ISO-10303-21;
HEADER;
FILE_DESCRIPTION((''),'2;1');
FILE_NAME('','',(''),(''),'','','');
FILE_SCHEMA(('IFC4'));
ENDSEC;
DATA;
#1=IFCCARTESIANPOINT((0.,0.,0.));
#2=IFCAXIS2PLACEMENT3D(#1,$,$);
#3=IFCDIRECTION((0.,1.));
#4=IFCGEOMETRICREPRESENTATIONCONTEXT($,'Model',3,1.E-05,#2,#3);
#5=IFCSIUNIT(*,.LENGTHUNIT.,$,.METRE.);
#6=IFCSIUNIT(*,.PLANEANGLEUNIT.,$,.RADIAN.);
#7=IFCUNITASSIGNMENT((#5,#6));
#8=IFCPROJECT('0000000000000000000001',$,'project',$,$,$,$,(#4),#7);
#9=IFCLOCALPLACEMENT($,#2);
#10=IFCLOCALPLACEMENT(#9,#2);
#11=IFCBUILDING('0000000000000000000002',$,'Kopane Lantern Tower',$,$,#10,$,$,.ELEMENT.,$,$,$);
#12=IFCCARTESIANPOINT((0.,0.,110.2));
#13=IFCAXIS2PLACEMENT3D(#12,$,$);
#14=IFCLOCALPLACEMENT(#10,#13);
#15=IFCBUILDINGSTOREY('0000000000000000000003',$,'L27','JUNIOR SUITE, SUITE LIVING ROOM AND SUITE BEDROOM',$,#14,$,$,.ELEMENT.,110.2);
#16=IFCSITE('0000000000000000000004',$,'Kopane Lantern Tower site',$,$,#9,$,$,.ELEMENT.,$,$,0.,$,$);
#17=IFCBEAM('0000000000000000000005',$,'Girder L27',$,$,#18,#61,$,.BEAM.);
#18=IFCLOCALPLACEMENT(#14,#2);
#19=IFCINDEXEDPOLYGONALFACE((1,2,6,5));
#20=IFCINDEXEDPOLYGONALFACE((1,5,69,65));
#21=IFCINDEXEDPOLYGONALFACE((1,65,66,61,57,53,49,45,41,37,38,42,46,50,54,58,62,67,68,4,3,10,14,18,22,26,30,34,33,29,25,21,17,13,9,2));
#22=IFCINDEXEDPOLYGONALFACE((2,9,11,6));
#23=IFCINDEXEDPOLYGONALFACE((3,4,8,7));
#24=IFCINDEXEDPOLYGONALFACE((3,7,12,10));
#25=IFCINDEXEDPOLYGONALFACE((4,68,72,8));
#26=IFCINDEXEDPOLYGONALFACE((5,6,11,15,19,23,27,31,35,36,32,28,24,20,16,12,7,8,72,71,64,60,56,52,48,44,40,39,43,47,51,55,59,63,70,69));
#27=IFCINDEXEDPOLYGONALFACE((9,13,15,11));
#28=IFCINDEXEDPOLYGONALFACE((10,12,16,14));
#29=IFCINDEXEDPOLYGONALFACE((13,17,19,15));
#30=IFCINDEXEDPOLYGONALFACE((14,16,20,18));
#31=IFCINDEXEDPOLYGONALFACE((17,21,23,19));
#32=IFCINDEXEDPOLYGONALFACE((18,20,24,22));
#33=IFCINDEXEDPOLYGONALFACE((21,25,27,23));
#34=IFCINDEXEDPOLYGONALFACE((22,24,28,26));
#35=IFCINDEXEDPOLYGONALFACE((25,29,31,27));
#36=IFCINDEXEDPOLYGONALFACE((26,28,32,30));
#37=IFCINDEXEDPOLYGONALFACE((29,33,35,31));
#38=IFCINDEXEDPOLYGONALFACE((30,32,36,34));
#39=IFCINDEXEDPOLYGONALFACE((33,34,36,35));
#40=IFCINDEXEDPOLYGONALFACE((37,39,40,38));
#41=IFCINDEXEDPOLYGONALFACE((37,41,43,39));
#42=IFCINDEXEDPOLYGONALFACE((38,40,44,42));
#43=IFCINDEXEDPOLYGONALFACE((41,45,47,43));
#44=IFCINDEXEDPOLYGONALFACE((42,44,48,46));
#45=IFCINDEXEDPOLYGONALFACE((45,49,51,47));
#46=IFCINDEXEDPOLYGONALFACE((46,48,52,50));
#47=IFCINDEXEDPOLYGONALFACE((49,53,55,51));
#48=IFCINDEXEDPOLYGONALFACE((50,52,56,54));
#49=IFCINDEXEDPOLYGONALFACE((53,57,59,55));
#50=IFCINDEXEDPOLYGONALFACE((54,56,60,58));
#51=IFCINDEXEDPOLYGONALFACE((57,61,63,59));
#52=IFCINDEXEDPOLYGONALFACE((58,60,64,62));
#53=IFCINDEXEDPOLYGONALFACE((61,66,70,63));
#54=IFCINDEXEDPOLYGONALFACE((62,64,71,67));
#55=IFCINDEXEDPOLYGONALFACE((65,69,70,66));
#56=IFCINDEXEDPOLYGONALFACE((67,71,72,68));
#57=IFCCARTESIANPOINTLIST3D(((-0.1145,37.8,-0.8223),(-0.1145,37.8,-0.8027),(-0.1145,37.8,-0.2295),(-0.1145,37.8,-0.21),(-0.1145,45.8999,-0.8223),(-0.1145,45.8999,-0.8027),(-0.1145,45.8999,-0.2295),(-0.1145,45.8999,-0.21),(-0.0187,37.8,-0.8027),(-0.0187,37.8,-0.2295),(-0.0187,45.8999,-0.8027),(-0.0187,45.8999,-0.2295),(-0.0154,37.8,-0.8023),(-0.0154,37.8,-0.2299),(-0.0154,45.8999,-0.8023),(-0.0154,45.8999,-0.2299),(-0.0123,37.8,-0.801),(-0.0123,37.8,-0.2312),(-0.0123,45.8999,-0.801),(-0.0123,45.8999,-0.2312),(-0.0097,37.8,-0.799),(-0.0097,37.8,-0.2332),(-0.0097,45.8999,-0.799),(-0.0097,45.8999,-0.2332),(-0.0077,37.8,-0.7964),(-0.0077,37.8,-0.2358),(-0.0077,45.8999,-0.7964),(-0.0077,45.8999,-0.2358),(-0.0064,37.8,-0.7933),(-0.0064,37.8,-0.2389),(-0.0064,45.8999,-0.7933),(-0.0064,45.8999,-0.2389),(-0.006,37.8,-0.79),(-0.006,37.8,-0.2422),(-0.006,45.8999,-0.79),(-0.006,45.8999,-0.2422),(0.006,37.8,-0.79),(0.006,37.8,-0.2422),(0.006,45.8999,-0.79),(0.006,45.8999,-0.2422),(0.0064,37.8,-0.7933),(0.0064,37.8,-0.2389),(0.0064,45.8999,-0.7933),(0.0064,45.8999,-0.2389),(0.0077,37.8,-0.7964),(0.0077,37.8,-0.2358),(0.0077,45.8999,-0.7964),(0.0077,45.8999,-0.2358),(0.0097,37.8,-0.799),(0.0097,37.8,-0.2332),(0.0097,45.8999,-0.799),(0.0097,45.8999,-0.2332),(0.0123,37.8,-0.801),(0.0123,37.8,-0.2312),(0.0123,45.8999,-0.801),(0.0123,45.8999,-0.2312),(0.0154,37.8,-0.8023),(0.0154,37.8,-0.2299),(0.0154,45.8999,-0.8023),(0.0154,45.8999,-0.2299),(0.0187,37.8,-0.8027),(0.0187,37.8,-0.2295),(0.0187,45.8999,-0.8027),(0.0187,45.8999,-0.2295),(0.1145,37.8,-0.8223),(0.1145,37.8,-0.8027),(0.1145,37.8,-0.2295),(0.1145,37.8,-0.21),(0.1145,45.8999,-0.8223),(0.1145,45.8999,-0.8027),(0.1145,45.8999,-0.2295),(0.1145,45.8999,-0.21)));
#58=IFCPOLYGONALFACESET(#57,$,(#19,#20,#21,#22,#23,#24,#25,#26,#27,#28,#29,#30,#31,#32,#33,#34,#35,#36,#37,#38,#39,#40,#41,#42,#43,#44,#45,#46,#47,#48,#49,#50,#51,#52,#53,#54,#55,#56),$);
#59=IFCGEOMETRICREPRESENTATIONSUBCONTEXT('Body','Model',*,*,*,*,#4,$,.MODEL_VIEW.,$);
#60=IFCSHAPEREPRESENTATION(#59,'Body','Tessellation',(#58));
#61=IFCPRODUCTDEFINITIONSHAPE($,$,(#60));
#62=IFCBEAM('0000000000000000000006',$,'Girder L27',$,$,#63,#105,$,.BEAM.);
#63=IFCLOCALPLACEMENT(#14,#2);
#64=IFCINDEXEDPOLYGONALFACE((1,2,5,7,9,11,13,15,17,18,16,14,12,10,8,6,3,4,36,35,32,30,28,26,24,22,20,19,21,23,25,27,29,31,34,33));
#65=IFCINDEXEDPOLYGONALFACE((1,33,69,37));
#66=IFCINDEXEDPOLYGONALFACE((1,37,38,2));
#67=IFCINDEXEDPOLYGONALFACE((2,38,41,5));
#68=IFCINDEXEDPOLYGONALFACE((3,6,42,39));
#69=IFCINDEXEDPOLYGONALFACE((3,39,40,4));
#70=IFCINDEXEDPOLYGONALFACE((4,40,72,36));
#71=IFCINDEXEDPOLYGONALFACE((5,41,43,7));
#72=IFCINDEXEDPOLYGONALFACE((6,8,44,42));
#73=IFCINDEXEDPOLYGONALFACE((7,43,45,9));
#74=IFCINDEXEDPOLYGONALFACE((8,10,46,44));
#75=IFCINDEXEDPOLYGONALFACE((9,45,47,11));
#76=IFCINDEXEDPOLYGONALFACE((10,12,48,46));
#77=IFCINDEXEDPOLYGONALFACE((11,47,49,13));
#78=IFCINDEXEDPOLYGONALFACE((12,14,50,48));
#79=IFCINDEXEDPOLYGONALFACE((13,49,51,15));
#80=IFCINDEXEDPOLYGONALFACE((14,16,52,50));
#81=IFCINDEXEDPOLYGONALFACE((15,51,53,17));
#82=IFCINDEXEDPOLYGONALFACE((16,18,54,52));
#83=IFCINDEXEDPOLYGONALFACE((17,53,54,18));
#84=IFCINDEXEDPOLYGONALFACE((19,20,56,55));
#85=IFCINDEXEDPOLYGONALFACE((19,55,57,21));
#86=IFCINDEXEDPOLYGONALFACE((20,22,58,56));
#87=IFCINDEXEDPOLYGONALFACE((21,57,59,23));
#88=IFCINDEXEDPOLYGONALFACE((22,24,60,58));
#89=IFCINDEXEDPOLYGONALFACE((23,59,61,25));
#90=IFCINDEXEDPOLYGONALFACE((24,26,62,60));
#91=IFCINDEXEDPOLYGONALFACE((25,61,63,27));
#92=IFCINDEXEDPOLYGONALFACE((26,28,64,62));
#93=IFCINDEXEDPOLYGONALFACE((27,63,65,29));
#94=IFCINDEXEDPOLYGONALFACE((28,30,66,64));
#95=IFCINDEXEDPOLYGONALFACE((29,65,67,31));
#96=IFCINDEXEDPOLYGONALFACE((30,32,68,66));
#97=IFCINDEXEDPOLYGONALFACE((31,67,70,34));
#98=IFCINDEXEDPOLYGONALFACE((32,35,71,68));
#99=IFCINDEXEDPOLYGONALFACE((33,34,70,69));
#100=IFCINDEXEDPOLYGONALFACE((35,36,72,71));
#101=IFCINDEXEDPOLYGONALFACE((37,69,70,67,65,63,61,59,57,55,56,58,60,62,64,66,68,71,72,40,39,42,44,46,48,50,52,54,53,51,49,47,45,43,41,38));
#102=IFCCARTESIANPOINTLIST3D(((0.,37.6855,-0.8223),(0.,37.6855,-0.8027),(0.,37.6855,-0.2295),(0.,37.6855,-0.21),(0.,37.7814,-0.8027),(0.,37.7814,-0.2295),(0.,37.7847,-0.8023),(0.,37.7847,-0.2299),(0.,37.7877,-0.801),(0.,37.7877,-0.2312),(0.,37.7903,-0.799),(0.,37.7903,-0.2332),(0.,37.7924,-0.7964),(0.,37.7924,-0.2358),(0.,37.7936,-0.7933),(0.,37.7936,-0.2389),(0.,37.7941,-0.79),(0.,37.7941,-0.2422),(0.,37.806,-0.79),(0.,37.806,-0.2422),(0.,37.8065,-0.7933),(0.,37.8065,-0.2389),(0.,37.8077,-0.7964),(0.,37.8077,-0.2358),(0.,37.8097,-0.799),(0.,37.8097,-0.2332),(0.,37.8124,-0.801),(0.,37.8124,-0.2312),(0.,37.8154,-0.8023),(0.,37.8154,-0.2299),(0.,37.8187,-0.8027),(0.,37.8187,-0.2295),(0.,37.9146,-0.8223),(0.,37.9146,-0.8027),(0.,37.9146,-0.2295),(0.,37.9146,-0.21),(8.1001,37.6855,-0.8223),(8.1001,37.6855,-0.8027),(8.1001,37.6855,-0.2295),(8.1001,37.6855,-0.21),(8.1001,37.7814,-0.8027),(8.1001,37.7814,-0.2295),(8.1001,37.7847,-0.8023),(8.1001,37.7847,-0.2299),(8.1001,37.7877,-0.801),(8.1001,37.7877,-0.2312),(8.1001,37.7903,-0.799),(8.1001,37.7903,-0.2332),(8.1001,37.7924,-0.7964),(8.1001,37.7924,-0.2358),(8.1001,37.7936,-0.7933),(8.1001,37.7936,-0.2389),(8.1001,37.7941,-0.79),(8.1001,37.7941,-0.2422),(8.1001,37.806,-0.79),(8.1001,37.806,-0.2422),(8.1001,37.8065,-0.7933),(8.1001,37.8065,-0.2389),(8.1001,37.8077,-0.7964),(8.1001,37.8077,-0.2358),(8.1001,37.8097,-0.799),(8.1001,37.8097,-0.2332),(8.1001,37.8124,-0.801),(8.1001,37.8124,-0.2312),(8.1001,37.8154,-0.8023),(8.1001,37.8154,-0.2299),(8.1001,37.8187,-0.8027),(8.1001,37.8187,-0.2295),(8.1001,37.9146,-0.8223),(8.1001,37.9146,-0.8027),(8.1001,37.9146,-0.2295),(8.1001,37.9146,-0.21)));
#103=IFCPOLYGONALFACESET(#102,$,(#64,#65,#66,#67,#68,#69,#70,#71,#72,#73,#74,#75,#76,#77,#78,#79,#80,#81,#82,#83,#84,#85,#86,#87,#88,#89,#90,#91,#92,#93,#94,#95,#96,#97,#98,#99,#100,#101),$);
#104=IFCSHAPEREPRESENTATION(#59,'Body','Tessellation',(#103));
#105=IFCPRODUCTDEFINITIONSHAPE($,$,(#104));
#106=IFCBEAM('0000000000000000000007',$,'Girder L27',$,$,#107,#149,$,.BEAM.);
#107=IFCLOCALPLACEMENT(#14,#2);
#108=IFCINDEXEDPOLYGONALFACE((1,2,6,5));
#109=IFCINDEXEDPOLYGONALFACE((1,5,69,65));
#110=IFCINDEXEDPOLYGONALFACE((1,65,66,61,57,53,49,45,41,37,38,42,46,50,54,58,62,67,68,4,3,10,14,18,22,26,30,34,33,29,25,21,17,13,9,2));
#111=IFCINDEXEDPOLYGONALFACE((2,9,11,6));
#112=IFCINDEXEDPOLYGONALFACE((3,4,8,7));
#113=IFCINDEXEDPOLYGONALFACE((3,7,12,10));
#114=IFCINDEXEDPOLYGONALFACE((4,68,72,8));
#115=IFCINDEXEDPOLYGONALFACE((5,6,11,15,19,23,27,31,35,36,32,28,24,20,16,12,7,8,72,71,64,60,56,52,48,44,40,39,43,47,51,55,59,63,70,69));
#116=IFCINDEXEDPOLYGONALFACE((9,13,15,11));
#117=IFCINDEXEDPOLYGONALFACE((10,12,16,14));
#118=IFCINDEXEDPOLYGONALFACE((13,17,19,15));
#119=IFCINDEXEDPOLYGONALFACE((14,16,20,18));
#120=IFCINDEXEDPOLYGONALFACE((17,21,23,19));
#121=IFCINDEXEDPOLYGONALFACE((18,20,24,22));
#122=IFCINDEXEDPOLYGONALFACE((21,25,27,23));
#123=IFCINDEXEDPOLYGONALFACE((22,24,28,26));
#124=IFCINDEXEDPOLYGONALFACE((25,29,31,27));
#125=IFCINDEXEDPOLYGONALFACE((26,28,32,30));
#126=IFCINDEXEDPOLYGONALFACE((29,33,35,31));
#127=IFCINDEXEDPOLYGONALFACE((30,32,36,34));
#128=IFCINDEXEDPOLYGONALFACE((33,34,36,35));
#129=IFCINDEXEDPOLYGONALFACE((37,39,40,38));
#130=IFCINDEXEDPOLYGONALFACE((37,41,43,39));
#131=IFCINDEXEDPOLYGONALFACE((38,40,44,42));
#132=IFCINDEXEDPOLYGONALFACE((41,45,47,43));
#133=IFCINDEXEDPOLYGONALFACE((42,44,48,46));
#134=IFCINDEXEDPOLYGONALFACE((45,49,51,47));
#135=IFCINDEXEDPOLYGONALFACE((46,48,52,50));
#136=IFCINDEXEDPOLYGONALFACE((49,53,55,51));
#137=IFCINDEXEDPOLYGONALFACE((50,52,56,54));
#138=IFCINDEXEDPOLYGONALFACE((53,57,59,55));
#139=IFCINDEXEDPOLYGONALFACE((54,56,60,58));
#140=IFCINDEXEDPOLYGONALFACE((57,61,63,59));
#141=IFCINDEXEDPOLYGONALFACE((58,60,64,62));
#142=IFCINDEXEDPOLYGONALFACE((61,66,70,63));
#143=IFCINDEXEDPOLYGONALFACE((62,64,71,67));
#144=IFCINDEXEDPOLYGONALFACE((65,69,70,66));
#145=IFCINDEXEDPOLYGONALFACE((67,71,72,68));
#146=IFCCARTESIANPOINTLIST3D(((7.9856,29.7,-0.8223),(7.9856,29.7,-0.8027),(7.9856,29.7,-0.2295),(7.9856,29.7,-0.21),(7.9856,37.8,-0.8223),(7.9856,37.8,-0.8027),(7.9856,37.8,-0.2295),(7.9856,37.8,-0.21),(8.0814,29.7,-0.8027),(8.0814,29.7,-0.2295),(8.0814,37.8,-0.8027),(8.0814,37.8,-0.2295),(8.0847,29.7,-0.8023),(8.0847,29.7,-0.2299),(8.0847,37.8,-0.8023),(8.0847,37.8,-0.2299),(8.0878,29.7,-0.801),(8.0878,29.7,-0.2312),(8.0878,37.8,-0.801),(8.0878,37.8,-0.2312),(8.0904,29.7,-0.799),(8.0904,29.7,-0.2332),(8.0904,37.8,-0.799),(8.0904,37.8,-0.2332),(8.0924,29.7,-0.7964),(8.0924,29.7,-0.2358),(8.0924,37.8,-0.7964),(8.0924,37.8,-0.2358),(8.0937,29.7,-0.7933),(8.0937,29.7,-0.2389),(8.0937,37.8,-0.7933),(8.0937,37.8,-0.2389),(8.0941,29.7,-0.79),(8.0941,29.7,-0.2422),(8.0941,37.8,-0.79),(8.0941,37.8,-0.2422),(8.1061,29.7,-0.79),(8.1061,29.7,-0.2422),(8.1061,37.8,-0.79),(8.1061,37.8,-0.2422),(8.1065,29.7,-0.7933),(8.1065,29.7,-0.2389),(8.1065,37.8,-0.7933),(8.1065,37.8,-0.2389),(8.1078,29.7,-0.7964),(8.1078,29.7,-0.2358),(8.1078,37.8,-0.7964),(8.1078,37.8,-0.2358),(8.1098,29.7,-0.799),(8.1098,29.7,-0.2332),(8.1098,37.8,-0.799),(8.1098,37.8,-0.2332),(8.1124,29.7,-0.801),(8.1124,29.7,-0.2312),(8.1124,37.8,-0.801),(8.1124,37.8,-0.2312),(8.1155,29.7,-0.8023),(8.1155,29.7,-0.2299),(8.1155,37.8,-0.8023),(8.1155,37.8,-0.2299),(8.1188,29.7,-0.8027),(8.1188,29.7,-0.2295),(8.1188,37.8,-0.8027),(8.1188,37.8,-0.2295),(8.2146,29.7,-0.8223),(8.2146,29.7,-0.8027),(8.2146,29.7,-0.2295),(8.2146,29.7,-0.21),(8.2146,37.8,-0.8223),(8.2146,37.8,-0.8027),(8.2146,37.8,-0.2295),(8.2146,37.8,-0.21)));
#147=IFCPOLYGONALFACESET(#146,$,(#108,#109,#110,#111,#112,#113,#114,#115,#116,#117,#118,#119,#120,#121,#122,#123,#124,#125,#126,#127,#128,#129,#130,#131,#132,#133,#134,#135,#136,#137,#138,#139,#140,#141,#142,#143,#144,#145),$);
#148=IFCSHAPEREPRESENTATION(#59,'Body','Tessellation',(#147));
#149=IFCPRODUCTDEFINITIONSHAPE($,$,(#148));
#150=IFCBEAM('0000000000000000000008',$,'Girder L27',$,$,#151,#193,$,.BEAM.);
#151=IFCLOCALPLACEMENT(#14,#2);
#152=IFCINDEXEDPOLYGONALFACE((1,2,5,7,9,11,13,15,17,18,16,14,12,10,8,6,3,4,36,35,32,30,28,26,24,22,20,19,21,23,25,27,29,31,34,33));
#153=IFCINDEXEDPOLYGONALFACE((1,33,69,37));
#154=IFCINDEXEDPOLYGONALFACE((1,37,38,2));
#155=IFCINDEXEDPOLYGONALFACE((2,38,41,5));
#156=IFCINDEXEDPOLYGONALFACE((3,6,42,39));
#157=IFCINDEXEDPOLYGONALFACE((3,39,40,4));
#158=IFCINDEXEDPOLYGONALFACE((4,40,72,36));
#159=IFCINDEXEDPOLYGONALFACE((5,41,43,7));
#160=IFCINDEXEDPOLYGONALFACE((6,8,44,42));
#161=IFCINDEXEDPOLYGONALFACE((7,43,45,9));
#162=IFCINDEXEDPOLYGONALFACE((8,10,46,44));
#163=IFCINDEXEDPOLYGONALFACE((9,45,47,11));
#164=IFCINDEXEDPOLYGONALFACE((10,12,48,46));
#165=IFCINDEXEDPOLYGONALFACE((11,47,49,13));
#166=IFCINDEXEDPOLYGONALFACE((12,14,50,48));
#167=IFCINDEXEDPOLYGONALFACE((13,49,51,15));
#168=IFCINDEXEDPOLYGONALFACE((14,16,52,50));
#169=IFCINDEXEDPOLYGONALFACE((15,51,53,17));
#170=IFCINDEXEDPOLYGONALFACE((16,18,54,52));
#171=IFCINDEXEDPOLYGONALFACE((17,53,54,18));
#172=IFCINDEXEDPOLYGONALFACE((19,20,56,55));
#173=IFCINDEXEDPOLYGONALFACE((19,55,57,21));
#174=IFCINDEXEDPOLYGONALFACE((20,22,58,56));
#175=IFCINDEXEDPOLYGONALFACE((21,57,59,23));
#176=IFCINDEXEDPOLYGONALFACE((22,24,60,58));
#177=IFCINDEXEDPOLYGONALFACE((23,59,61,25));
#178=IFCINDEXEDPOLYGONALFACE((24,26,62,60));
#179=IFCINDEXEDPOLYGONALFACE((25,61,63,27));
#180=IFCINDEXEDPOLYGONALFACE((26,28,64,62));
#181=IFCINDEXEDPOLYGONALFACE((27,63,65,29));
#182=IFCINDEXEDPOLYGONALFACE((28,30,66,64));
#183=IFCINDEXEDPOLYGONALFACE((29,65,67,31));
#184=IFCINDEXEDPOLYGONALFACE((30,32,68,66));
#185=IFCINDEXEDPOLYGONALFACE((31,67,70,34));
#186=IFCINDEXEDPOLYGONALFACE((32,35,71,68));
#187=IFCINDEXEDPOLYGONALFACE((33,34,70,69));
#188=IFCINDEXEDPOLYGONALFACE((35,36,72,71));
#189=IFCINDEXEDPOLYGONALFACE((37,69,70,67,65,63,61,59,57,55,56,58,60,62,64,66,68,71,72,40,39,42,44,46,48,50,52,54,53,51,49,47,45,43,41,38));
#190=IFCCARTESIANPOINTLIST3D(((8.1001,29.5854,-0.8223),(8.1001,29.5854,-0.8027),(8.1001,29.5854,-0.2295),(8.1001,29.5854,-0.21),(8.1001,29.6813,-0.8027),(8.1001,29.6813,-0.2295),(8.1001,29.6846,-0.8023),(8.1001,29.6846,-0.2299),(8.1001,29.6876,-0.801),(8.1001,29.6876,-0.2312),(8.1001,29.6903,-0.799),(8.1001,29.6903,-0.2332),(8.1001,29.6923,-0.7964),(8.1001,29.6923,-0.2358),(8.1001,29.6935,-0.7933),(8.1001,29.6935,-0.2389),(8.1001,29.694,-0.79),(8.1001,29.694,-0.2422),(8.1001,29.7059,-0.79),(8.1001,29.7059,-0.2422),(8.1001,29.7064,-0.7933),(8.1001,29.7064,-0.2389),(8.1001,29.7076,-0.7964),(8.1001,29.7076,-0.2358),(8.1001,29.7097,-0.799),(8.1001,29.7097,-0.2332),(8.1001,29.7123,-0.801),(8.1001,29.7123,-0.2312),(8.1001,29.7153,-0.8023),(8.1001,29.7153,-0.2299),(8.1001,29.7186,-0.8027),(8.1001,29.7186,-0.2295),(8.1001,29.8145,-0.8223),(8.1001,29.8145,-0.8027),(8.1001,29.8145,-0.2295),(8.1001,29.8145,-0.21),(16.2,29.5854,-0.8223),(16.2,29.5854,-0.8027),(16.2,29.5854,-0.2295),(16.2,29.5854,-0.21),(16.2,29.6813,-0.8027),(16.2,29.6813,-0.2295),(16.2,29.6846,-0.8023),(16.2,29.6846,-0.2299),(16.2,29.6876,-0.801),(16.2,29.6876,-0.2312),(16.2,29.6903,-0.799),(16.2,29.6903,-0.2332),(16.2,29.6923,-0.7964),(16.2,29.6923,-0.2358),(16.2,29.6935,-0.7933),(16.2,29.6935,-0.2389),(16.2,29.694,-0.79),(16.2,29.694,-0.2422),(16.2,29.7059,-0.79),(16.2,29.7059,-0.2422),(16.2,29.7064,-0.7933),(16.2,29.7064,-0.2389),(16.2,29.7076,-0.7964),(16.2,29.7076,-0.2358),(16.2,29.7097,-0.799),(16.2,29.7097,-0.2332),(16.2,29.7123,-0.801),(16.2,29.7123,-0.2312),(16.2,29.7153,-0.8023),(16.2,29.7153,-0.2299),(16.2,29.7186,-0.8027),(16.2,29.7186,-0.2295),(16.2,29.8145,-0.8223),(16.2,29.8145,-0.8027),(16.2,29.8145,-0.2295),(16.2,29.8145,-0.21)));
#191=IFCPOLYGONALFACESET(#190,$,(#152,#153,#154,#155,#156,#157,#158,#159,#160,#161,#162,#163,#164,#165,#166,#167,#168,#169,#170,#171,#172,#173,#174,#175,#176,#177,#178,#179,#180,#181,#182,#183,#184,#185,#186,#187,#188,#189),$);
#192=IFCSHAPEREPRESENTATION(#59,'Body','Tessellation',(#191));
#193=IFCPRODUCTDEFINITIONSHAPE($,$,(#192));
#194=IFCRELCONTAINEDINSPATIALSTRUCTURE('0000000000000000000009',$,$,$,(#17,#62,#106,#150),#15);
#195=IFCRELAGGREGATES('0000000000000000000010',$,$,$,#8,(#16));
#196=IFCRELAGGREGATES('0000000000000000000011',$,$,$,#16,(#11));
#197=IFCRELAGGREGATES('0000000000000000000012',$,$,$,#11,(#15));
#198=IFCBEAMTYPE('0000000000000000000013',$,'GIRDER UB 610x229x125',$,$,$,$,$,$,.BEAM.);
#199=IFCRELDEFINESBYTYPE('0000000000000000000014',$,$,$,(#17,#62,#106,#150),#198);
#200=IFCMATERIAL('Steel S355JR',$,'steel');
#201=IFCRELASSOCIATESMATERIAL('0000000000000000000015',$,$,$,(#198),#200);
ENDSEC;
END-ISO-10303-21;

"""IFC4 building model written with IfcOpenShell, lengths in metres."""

from ifc_helpers import new_model, si_unit, direction, frame, origin, origin_2d, place, context, subcontext, project, spatial, i_section, extrude, material, material_profile, profile_set, type_object, element, save


model = new_model("IFC4")

# Units and contexts
model_context = context("Model", 3, precision=1e-05, world=origin(), true_north=direction((0.0, 1.0)))
body_context = subcontext(model_context, "Body", "Model", "MODEL_VIEW")
ifc_project = project(units=[si_unit("LENGTHUNIT", "METRE"), si_unit("PLANEANGLEUNIT", "RADIAN")], contexts=[model_context])

# Site, building, storey
site_placement = place(None, origin())
site = spatial("IfcSite", under=ifc_project, at=site_placement, Name="Kopane Lantern Tower site", CompositionType="ELEMENT", RefElevation=0.0)
building_placement = place(site_placement, origin())
building = spatial("IfcBuilding", under=site, at=building_placement, Name="Kopane Lantern Tower", CompositionType="ELEMENT")
storey_placement = place(building_placement, frame((0.0, 0.0, 110.2)))
storey = spatial("IfcBuildingStorey", under=building, at=storey_placement, Name="L27", Description="JUNIOR SUITE, SUITE LIVING ROOM AND SUITE BEDROOM", CompositionType="ELEMENT", Elevation=110.2)

# Beams
ifc_material_1 = material(Name="Steel S355JR", Category="steel")
ifc_material_profile_1 = material_profile(ifc_material_1, i_section(OverallWidth=0.229, OverallDepth=0.6123, WebThickness=0.012, FlangeThickness=0.0195, FilletRadius=0.0127, at=origin_2d()), Name="UB 610x229x125")
ifc_profile_set_1 = profile_set([ifc_material_profile_1], Name="Steel S355JR")
beam_type = type_object("IfcBeamType", Name="GIRDER UB 610x229x125", PredefinedType="BEAM", material=ifc_profile_set_1)
beam_placement = place(storey_placement, frame((0.0, 37.8, -0.5161), z_axis=(0.0, 1.0, 0.0), x_axis=(-1.0, 0.0, 0.0)))
element("IfcBeam", 1, at=beam_placement, inside=storey, type_object=beam_type, Name="Girder L27", PredefinedType="BEAM", context=body_context, shape_type="SweptSolid", body=[
    extrude(i_section(OverallWidth=0.229, OverallDepth=0.6123, WebThickness=0.012, FlangeThickness=0.0195, FilletRadius=0.0127, at=origin_2d()), origin(), (0.0, 0.0, 1.0), 8.0999),
])
for number, where, z_axis, x_axis, name in (
    (2, (0.0, 37.8, -0.5161), (1.0, 0.0, 0.0), (0.0, 1.0, 0.0), "Girder L27"),
    (3, (8.1001, 29.7, -0.5161), (0.0, 1.0, 0.0), (-1.0, 0.0, 0.0), "Girder L27"),
):
    element("IfcBeam", number, at=place(storey_placement, frame(where, z_axis=z_axis, x_axis=x_axis)), inside=storey, type_object=beam_type, Name=name, PredefinedType="BEAM", context=body_context, shape_type="SweptSolid", body=[
        extrude(i_section(OverallWidth=0.229, OverallDepth=0.6123, WebThickness=0.012, FlangeThickness=0.0195, FilletRadius=0.0127, at=origin_2d()), origin(), (0.0, 0.0, 1.0), 8.1001),
    ])
for number, where, z_axis, x_axis, name in (
    (4, (8.1001, 29.7, -0.5161), (1.0, 0.0, 0.0), (0.0, 1.0, 0.0), "Girder L27"),
):
    element("IfcBeam", number, at=place(storey_placement, frame(where, z_axis=z_axis, x_axis=x_axis)), inside=storey, type_object=beam_type, Name=name, PredefinedType="BEAM", context=body_context, shape_type="SweptSolid", body=[
        extrude(i_section(OverallWidth=0.229, OverallDepth=0.6123, WebThickness=0.012, FlangeThickness=0.0195, FilletRadius=0.0127, at=origin_2d()), origin(), (0.0, 0.0, 1.0), 8.0999),
    ])

save(model, "model.ifc")
